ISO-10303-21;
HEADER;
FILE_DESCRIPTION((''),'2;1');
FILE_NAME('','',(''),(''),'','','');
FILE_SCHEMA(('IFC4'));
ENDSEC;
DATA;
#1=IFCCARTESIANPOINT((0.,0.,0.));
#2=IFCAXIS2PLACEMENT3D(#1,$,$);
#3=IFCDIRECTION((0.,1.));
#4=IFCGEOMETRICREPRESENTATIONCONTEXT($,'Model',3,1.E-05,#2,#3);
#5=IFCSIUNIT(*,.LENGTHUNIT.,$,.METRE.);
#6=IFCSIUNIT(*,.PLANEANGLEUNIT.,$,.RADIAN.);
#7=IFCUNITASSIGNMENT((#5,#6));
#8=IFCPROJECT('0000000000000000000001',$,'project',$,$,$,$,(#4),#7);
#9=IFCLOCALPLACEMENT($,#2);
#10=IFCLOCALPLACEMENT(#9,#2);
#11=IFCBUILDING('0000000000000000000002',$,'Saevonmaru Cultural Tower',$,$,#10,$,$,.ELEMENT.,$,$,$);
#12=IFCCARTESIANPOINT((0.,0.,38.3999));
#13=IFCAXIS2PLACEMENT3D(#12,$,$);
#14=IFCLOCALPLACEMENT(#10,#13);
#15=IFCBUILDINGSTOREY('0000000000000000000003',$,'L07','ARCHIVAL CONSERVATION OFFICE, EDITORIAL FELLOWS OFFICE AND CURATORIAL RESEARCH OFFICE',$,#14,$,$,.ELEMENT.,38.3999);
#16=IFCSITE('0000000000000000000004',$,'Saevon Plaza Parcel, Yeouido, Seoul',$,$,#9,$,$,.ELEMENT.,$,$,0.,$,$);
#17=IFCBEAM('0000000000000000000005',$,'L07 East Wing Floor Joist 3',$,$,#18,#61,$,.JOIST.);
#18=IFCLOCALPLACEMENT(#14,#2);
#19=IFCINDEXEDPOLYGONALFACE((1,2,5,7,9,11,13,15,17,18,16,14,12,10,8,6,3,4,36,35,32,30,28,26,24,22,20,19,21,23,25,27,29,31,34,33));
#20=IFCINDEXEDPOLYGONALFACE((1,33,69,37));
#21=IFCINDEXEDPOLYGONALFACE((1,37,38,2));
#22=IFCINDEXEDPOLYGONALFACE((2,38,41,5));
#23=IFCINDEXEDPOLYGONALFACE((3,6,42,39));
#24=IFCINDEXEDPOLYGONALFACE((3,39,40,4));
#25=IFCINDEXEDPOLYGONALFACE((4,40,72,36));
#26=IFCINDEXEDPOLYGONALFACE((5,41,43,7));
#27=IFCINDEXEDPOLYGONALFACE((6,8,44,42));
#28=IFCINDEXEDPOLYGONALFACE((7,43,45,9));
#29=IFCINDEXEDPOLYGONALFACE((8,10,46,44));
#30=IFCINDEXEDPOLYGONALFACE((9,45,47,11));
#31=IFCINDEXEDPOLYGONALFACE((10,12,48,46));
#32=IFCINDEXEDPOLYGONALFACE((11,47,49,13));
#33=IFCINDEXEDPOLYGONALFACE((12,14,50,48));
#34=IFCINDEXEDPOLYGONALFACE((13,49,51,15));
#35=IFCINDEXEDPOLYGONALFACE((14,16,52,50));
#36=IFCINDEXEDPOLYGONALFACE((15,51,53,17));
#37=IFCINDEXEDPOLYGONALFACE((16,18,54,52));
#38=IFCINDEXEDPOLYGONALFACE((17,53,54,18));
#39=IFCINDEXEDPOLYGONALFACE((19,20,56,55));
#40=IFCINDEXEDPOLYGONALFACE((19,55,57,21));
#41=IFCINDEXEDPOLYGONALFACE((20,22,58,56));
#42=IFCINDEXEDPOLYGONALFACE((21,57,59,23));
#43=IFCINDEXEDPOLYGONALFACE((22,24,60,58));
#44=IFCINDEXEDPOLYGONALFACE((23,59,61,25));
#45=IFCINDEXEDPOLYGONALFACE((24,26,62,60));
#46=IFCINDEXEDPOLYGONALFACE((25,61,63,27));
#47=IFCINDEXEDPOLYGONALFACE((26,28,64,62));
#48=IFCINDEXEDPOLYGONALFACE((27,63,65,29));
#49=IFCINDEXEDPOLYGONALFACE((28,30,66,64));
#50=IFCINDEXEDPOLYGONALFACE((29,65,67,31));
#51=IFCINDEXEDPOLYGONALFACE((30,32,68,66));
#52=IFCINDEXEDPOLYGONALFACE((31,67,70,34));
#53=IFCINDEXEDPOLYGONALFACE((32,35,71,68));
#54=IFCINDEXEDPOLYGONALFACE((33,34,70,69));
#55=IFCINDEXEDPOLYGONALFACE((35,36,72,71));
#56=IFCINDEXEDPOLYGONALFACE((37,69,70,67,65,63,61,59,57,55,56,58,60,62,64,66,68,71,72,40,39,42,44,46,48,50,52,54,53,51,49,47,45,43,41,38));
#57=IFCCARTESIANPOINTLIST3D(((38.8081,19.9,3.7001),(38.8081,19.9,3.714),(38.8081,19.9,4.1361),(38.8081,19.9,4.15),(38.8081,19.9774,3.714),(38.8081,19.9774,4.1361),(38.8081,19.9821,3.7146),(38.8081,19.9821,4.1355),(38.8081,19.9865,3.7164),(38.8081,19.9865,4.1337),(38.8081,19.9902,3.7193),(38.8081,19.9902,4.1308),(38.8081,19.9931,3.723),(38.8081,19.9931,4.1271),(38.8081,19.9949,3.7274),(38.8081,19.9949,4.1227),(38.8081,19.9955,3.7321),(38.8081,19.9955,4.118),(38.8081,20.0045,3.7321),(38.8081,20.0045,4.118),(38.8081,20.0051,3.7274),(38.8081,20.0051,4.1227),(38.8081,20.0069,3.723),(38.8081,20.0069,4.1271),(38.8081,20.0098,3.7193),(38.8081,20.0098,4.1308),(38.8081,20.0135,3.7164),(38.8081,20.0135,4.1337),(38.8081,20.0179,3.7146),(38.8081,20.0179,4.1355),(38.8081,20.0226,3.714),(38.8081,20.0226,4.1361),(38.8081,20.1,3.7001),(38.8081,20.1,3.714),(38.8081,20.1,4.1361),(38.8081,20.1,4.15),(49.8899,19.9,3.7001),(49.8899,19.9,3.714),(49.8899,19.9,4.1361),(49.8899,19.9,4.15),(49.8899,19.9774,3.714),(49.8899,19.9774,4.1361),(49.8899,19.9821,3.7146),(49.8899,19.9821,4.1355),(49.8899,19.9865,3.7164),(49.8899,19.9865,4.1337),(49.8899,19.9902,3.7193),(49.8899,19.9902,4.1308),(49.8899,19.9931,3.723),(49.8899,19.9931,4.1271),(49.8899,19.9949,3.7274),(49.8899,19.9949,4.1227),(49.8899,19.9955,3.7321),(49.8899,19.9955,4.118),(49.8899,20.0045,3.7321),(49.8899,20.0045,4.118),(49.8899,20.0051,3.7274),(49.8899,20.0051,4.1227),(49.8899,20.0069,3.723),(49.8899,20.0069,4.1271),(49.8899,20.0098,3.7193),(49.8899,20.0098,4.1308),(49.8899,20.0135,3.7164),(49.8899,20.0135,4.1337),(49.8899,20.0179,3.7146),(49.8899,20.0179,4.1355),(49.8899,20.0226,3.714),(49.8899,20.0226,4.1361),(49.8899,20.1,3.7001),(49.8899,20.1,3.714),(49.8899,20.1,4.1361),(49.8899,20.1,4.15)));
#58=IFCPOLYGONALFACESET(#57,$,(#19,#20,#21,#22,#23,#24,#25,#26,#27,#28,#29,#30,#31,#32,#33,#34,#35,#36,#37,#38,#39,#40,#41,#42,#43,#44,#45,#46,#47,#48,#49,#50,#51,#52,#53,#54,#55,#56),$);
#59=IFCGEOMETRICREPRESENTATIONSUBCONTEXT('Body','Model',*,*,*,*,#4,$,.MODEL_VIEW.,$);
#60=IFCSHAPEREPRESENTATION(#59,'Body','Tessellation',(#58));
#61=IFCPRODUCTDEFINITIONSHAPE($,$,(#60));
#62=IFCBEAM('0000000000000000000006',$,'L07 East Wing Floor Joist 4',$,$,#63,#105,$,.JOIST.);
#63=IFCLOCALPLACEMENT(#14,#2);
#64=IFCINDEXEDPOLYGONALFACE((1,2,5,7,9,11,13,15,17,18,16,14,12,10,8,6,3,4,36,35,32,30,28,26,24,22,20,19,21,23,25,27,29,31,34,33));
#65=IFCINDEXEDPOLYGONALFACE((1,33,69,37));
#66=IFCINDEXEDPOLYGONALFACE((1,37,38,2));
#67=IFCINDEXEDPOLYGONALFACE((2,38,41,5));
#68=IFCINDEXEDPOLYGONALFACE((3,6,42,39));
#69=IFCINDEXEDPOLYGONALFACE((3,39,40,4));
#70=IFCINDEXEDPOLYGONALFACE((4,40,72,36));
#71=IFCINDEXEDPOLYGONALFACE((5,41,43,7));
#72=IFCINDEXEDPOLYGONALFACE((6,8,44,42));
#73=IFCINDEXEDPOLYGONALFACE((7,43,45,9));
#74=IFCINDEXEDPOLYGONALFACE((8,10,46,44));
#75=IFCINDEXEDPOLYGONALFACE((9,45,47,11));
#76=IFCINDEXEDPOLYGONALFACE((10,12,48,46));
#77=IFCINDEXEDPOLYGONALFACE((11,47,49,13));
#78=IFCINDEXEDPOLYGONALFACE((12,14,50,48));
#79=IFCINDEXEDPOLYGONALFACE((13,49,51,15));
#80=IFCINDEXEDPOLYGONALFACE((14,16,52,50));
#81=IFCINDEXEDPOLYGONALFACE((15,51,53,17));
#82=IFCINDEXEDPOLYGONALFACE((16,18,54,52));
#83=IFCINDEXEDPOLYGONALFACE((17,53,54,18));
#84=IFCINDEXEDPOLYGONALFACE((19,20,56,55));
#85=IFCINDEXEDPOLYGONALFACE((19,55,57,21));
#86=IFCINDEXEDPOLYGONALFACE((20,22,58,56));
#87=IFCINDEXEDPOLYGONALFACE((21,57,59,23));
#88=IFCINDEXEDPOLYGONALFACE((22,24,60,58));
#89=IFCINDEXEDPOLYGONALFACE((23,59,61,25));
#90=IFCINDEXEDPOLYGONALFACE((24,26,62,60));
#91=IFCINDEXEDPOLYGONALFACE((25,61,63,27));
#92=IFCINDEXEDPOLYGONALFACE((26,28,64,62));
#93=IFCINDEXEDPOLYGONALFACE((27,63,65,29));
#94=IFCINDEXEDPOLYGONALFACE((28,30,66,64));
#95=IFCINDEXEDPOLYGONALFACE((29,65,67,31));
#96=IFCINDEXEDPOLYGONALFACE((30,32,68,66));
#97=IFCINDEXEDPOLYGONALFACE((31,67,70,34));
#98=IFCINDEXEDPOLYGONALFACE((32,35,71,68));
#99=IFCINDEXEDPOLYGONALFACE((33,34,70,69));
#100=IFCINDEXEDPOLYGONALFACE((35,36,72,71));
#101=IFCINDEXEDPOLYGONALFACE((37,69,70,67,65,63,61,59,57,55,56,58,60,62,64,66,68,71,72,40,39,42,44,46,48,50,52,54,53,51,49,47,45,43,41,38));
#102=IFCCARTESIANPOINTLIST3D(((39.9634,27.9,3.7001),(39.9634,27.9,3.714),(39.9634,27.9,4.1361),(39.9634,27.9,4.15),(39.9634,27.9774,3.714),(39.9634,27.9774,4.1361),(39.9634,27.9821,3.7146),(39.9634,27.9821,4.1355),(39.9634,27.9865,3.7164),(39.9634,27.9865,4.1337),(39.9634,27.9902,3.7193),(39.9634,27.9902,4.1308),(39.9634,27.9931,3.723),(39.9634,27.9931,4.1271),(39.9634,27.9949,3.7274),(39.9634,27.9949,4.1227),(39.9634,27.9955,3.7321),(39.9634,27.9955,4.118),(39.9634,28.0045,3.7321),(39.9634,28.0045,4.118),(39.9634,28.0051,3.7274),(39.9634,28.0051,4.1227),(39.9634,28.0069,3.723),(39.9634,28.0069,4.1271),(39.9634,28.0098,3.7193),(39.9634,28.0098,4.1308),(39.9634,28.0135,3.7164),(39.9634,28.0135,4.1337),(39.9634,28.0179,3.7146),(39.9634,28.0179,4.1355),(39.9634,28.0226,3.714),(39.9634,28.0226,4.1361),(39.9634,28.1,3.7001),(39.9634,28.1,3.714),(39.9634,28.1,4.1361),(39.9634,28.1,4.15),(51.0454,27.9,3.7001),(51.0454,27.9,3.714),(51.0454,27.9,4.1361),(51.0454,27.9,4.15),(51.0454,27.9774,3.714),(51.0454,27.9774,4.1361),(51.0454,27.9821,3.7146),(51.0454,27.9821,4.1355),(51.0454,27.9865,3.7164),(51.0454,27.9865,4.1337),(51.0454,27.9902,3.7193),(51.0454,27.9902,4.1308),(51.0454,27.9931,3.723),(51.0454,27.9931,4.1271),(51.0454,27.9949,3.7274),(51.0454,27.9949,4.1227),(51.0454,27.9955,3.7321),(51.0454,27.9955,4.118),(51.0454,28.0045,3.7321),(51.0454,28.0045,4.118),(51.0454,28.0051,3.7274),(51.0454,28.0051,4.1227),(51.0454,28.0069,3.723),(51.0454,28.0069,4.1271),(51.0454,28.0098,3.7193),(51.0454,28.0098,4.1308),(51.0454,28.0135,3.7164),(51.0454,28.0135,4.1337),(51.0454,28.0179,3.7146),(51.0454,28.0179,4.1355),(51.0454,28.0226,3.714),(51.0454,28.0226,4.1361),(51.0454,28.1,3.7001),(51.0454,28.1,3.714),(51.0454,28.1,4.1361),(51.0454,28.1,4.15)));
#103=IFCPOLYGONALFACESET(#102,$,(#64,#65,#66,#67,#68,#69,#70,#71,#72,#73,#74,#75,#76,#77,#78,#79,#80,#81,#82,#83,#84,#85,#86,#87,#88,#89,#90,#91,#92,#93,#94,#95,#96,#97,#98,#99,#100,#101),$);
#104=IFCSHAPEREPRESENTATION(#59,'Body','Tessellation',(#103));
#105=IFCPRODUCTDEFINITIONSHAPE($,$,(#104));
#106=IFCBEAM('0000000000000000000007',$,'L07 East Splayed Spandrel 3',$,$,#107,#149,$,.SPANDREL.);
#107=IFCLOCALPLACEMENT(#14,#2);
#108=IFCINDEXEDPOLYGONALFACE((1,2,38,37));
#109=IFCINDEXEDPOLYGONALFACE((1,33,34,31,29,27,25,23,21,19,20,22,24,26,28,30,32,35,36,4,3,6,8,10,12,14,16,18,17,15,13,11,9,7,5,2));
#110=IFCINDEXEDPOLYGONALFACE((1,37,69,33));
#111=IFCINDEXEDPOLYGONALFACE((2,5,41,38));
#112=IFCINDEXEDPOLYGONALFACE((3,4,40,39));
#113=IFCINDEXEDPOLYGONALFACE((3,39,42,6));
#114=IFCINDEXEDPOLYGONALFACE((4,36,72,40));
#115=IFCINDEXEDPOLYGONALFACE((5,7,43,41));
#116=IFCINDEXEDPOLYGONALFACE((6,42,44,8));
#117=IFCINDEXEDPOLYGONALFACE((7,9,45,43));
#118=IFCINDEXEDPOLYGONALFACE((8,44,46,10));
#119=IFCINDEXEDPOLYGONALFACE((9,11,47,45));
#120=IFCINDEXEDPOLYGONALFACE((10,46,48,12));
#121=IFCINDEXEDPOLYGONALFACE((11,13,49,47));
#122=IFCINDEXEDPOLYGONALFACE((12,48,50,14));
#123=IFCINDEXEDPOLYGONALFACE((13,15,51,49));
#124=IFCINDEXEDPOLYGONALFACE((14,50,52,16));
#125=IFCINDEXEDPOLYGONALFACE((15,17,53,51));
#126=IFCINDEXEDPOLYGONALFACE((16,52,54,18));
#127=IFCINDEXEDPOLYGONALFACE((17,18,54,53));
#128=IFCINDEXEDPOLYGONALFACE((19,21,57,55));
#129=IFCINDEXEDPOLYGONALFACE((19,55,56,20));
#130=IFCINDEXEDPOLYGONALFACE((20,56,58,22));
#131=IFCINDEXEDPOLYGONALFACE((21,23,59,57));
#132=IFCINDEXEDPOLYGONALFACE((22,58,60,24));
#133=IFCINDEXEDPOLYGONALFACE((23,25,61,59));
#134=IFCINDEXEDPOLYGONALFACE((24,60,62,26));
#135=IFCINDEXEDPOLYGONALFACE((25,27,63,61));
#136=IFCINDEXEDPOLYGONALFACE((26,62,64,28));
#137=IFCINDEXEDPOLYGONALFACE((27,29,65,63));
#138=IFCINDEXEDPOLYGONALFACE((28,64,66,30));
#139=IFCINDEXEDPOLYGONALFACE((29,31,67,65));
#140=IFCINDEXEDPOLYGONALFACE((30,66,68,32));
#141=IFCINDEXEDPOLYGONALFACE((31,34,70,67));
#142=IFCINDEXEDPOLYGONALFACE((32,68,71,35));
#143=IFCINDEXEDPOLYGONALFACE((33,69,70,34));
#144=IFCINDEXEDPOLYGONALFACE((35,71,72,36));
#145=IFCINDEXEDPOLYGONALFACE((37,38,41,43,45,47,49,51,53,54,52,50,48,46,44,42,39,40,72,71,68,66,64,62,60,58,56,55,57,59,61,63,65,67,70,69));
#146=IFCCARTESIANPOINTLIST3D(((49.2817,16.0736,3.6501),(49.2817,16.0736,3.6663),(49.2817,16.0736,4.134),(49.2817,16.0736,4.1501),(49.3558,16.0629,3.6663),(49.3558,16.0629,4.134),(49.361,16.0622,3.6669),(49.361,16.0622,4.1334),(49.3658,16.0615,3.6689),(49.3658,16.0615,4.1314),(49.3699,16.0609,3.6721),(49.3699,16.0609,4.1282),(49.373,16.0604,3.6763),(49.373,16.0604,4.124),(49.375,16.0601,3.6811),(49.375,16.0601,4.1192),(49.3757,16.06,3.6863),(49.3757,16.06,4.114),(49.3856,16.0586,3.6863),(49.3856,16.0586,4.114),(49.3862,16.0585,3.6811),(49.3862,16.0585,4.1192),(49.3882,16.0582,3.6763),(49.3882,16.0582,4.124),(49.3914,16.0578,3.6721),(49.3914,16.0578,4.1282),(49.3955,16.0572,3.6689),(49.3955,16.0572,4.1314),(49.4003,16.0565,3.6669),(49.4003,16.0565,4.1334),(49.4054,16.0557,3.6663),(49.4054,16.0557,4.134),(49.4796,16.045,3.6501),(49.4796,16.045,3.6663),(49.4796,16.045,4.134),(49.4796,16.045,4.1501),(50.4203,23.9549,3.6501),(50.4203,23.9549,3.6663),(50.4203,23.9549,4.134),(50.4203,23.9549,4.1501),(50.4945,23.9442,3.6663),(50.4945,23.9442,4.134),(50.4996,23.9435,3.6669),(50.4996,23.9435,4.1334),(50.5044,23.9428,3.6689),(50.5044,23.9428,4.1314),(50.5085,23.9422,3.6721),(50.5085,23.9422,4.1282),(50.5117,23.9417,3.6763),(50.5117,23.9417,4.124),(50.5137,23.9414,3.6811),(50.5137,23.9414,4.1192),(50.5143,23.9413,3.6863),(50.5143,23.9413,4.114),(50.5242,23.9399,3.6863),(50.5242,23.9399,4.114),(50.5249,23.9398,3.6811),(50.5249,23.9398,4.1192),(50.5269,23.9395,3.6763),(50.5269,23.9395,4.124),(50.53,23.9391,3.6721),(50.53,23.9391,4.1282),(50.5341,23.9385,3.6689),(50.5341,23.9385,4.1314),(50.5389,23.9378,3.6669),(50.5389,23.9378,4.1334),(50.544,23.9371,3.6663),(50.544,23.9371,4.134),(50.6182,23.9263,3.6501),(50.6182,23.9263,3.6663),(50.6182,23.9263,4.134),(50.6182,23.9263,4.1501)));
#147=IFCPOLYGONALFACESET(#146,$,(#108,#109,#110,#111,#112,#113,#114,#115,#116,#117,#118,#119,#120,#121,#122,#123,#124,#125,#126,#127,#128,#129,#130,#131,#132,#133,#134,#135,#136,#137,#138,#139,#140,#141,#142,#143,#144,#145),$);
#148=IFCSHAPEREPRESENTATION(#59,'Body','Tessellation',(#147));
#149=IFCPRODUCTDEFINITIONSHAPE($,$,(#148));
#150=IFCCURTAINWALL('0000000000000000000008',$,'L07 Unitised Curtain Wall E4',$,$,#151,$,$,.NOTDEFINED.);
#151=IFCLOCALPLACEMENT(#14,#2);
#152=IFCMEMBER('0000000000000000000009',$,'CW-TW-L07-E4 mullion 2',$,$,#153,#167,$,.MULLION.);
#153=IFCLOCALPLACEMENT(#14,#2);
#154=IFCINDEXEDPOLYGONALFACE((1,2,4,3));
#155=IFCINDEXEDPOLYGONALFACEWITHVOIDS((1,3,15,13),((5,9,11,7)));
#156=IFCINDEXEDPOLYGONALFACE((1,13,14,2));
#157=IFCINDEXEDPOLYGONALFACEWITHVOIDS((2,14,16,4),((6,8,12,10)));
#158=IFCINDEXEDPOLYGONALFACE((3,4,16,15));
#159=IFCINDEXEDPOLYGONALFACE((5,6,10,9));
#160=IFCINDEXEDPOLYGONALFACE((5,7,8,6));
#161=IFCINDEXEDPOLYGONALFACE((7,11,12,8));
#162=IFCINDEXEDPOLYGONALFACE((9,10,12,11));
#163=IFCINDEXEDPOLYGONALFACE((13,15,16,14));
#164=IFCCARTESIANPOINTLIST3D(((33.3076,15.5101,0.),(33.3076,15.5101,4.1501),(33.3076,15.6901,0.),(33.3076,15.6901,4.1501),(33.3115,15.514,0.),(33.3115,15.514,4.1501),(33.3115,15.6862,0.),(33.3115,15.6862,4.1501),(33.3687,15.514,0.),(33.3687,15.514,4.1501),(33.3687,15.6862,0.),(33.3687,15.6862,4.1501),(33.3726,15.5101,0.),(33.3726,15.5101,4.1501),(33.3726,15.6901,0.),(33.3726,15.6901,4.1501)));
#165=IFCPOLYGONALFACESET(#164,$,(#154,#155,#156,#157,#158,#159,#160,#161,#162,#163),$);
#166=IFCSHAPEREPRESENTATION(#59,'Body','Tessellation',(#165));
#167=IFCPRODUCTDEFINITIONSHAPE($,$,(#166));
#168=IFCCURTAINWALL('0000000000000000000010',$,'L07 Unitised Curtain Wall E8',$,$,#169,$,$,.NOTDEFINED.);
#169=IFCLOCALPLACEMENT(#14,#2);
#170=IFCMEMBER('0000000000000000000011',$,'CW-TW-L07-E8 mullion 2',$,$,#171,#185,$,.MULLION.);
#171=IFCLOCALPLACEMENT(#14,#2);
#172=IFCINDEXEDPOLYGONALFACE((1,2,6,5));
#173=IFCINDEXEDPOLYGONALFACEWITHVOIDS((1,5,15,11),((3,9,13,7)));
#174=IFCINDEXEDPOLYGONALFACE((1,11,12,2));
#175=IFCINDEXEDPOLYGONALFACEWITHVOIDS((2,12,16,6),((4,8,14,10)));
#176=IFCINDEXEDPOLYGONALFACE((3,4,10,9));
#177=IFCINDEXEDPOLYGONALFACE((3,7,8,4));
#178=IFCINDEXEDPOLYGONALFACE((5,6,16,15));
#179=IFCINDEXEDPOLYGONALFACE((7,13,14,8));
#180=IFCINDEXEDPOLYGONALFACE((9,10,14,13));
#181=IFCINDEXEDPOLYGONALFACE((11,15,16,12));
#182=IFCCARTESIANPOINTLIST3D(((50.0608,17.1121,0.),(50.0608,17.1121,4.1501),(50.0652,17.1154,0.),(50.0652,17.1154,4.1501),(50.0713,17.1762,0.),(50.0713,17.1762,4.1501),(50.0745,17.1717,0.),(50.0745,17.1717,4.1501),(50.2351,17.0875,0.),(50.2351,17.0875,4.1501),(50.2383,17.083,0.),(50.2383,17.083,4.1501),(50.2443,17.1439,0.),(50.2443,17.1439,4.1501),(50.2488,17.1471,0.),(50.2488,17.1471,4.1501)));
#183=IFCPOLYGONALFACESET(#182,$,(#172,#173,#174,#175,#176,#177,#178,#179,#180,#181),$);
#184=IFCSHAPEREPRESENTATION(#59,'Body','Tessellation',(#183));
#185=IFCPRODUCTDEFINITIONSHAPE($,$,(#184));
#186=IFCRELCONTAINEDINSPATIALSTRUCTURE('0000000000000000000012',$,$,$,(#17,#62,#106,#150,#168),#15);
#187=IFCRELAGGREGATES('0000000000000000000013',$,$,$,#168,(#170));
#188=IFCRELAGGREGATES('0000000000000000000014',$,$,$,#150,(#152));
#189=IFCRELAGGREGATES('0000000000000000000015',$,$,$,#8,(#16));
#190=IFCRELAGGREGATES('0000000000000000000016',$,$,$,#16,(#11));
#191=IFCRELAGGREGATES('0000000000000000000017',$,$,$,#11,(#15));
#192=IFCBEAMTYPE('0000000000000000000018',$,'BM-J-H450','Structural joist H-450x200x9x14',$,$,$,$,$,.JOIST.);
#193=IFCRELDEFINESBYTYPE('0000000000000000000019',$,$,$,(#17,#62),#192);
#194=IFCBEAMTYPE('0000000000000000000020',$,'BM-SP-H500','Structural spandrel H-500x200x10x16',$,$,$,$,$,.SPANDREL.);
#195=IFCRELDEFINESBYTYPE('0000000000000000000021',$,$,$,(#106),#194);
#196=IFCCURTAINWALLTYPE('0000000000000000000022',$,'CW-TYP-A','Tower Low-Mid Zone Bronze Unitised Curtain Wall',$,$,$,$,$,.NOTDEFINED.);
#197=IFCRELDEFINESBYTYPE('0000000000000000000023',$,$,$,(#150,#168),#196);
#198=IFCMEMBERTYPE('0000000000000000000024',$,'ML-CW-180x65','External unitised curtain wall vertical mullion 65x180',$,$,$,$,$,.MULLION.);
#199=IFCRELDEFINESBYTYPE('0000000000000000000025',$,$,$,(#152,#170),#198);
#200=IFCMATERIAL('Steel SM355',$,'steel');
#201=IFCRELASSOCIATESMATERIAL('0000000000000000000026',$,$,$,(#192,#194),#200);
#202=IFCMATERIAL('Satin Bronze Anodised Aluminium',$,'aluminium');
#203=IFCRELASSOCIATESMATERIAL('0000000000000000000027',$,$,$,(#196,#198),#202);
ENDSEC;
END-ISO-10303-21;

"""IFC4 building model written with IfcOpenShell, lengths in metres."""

from ifc_helpers import new_model, si_unit, direction, frame, origin, origin_2d, place, context, subcontext, project, spatial, hollow_rectangle, i_section, extrude, material, material_profile, profile_set, type_object, element, aggregate, save


model = new_model("IFC4")

# Units and contexts
model_context = context("Model", 3, precision=1e-05, world=origin(), true_north=direction((0.0, 1.0)))
body_context = subcontext(model_context, "Body", "Model", "MODEL_VIEW")
ifc_project = project(units=[si_unit("LENGTHUNIT", "METRE"), si_unit("PLANEANGLEUNIT", "RADIAN")], contexts=[model_context])

# Site, building, storey
site_placement = place(None, origin())
site = spatial("IfcSite", under=ifc_project, at=site_placement, Name="Saevon Plaza Parcel, Yeouido, Seoul", CompositionType="ELEMENT", RefElevation=0.0)
building_placement = place(site_placement, origin())
building = spatial("IfcBuilding", under=site, at=building_placement, Name="Saevonmaru Cultural Tower", CompositionType="ELEMENT")
storey_placement = place(building_placement, frame((0.0, 0.0, 38.3999)))
storey = spatial("IfcBuildingStorey", under=building, at=storey_placement, Name="L07", Description="ARCHIVAL CONSERVATION OFFICE, EDITORIAL FELLOWS OFFICE AND CURATORIAL RESEARCH OFFICE", CompositionType="ELEMENT", Elevation=38.3999)

# Beams
ifc_material_1 = material(Name="Steel SM355", Category="steel")
ifc_material_profile_1 = material_profile(ifc_material_1, i_section(OverallWidth=0.2, OverallDepth=0.45, WebThickness=0.009, FlangeThickness=0.0139, FilletRadius=0.0181, at=origin_2d()), Name="H-450x200x9x14")
ifc_profile_set_1 = profile_set([ifc_material_profile_1], Name="Steel SM355")
beam_type_1 = type_object("IfcBeamType", Name="BM-J-H450", Description="Structural joist H-450x200x9x14", PredefinedType="JOIST", material=ifc_profile_set_1)
beam_1_placement = place(storey_placement, frame((38.8081, 20.0, 3.925), z_axis=(1.0, 0.0, 0.0), x_axis=(0.0, 1.0, 0.0)))
element("IfcBeam", 1, at=beam_1_placement, inside=storey, type_object=beam_type_1, Name="L07 East Wing Floor Joist 3", PredefinedType="JOIST", context=body_context, shape_type="SweptSolid", body=[
    extrude(i_section(OverallWidth=0.2, OverallDepth=0.45, WebThickness=0.009, FlangeThickness=0.0139, FilletRadius=0.0181, at=origin_2d()), origin(), (0.0, 0.0, 1.0), 11.0818),
])
beam_2_placement = place(storey_placement, frame((39.9634, 28.0, 3.925), z_axis=(1.0, 0.0, 0.0), x_axis=(0.0, 1.0, 0.0)))
element("IfcBeam", 2, at=beam_2_placement, inside=storey, type_object=beam_type_1, Name="L07 East Wing Floor Joist 4", PredefinedType="JOIST", context=body_context, shape_type="SweptSolid", body=[
    extrude(i_section(OverallWidth=0.2, OverallDepth=0.45, WebThickness=0.009, FlangeThickness=0.0139, FilletRadius=0.0181, at=origin_2d()), origin(), (0.0, 0.0, 1.0), 11.082),
])
ifc_material_profile_2 = material_profile(ifc_material_1, i_section(OverallWidth=0.2, OverallDepth=0.5, WebThickness=0.01, FlangeThickness=0.0161, FilletRadius=0.02, at=origin_2d()), Name="H-500x200x10x16")
ifc_profile_set_2 = profile_set([ifc_material_profile_2], Name="Steel SM355")
beam_type_2 = type_object("IfcBeamType", Name="BM-SP-H500", Description="Structural spandrel H-500x200x10x16", PredefinedType="SPANDREL", material=ifc_profile_set_2)
beam_3_placement = place(storey_placement, frame((49.3806, 16.0593, 3.9001), z_axis=(0.142992, 0.989724, 0.0), x_axis=(-0.989724, 0.142992, 0.0)))
element("IfcBeam", 3, at=beam_3_placement, inside=storey, type_object=beam_type_2, Name="L07 East Splayed Spandrel 3", PredefinedType="SPANDREL", context=body_context, shape_type="SweptSolid", body=[
    extrude(i_section(OverallWidth=0.2, OverallDepth=0.5, WebThickness=0.01, FlangeThickness=0.0161, FilletRadius=0.02, at=origin_2d()), origin(), (0.0, 0.0, 1.0), 7.9631),
])

# Curtain walls, members
ifc_material_2 = material(Name="Satin Bronze Anodised Aluminium", Category="aluminium")
curtain_wall_type_1 = type_object("IfcCurtainWallType", Name="CW-TYP-A", Description="Tower Low-Mid Zone Bronze Unitised Curtain Wall", PredefinedType="NOTDEFINED", material=ifc_material_2)
curtain_wall_1_placement = place(storey_placement, origin())
curtain_wall_1 = element("IfcCurtainWall", 4, at=curtain_wall_1_placement, inside=storey, type_object=curtain_wall_type_1, Name="L07 Unitised Curtain Wall E4", PredefinedType="NOTDEFINED")
ifc_material_profile_3 = material_profile(ifc_material_2, hollow_rectangle(XDim=0.0649, YDim=0.1799, WallThickness=0.0039, at=origin_2d()), Name="ALU-MULL-180x65x4")
ifc_profile_set_3 = profile_set([ifc_material_profile_3], Name="Satin Bronze Anodised Aluminium")
member_type_1 = type_object("IfcMemberType", Name="ML-CW-180x65", Description="External unitised curtain wall vertical mullion 65x180", PredefinedType="MULLION", material=ifc_profile_set_3)
member_1_placement = place(storey_placement, frame((33.3401, 15.6001, 0.0), z_axis=(0.0, 0.0, 1.0), x_axis=(1.0, 0.0, 0.0)))
member_1 = element("IfcMember", 5, at=member_1_placement, type_object=member_type_1, Name="CW-TW-L07-E4 mullion 2", PredefinedType="MULLION", context=body_context, shape_type="SweptSolid", body=[
    extrude(hollow_rectangle(XDim=0.0649, YDim=0.1799, WallThickness=0.0039, at=origin_2d()), origin(), (0.0, 0.0, 1.0), 4.1501),
])
curtain_wall_2_placement = place(storey_placement, origin())
curtain_wall_2 = element("IfcCurtainWall", 6, at=curtain_wall_2_placement, inside=storey, type_object=curtain_wall_type_1, Name="L07 Unitised Curtain Wall E8", PredefinedType="NOTDEFINED")
member_2_placement = place(storey_placement, frame((50.1548, 17.1296, 0.0), z_axis=(0.0, 0.0, 1.0), x_axis=(0.161709, 0.986839, 0.0)))
member_2 = element("IfcMember", 7, at=member_2_placement, type_object=member_type_1, Name="CW-TW-L07-E8 mullion 2", PredefinedType="MULLION", context=body_context, shape_type="SweptSolid", body=[
    extrude(hollow_rectangle(XDim=0.0649, YDim=0.1799, WallThickness=0.0039, at=origin_2d()), origin(), (0.0, 0.0, 1.0), 4.1501),
])

aggregate(curtain_wall_2, [member_2])

aggregate(curtain_wall_1, [member_1])

save(model, "model.ifc")
